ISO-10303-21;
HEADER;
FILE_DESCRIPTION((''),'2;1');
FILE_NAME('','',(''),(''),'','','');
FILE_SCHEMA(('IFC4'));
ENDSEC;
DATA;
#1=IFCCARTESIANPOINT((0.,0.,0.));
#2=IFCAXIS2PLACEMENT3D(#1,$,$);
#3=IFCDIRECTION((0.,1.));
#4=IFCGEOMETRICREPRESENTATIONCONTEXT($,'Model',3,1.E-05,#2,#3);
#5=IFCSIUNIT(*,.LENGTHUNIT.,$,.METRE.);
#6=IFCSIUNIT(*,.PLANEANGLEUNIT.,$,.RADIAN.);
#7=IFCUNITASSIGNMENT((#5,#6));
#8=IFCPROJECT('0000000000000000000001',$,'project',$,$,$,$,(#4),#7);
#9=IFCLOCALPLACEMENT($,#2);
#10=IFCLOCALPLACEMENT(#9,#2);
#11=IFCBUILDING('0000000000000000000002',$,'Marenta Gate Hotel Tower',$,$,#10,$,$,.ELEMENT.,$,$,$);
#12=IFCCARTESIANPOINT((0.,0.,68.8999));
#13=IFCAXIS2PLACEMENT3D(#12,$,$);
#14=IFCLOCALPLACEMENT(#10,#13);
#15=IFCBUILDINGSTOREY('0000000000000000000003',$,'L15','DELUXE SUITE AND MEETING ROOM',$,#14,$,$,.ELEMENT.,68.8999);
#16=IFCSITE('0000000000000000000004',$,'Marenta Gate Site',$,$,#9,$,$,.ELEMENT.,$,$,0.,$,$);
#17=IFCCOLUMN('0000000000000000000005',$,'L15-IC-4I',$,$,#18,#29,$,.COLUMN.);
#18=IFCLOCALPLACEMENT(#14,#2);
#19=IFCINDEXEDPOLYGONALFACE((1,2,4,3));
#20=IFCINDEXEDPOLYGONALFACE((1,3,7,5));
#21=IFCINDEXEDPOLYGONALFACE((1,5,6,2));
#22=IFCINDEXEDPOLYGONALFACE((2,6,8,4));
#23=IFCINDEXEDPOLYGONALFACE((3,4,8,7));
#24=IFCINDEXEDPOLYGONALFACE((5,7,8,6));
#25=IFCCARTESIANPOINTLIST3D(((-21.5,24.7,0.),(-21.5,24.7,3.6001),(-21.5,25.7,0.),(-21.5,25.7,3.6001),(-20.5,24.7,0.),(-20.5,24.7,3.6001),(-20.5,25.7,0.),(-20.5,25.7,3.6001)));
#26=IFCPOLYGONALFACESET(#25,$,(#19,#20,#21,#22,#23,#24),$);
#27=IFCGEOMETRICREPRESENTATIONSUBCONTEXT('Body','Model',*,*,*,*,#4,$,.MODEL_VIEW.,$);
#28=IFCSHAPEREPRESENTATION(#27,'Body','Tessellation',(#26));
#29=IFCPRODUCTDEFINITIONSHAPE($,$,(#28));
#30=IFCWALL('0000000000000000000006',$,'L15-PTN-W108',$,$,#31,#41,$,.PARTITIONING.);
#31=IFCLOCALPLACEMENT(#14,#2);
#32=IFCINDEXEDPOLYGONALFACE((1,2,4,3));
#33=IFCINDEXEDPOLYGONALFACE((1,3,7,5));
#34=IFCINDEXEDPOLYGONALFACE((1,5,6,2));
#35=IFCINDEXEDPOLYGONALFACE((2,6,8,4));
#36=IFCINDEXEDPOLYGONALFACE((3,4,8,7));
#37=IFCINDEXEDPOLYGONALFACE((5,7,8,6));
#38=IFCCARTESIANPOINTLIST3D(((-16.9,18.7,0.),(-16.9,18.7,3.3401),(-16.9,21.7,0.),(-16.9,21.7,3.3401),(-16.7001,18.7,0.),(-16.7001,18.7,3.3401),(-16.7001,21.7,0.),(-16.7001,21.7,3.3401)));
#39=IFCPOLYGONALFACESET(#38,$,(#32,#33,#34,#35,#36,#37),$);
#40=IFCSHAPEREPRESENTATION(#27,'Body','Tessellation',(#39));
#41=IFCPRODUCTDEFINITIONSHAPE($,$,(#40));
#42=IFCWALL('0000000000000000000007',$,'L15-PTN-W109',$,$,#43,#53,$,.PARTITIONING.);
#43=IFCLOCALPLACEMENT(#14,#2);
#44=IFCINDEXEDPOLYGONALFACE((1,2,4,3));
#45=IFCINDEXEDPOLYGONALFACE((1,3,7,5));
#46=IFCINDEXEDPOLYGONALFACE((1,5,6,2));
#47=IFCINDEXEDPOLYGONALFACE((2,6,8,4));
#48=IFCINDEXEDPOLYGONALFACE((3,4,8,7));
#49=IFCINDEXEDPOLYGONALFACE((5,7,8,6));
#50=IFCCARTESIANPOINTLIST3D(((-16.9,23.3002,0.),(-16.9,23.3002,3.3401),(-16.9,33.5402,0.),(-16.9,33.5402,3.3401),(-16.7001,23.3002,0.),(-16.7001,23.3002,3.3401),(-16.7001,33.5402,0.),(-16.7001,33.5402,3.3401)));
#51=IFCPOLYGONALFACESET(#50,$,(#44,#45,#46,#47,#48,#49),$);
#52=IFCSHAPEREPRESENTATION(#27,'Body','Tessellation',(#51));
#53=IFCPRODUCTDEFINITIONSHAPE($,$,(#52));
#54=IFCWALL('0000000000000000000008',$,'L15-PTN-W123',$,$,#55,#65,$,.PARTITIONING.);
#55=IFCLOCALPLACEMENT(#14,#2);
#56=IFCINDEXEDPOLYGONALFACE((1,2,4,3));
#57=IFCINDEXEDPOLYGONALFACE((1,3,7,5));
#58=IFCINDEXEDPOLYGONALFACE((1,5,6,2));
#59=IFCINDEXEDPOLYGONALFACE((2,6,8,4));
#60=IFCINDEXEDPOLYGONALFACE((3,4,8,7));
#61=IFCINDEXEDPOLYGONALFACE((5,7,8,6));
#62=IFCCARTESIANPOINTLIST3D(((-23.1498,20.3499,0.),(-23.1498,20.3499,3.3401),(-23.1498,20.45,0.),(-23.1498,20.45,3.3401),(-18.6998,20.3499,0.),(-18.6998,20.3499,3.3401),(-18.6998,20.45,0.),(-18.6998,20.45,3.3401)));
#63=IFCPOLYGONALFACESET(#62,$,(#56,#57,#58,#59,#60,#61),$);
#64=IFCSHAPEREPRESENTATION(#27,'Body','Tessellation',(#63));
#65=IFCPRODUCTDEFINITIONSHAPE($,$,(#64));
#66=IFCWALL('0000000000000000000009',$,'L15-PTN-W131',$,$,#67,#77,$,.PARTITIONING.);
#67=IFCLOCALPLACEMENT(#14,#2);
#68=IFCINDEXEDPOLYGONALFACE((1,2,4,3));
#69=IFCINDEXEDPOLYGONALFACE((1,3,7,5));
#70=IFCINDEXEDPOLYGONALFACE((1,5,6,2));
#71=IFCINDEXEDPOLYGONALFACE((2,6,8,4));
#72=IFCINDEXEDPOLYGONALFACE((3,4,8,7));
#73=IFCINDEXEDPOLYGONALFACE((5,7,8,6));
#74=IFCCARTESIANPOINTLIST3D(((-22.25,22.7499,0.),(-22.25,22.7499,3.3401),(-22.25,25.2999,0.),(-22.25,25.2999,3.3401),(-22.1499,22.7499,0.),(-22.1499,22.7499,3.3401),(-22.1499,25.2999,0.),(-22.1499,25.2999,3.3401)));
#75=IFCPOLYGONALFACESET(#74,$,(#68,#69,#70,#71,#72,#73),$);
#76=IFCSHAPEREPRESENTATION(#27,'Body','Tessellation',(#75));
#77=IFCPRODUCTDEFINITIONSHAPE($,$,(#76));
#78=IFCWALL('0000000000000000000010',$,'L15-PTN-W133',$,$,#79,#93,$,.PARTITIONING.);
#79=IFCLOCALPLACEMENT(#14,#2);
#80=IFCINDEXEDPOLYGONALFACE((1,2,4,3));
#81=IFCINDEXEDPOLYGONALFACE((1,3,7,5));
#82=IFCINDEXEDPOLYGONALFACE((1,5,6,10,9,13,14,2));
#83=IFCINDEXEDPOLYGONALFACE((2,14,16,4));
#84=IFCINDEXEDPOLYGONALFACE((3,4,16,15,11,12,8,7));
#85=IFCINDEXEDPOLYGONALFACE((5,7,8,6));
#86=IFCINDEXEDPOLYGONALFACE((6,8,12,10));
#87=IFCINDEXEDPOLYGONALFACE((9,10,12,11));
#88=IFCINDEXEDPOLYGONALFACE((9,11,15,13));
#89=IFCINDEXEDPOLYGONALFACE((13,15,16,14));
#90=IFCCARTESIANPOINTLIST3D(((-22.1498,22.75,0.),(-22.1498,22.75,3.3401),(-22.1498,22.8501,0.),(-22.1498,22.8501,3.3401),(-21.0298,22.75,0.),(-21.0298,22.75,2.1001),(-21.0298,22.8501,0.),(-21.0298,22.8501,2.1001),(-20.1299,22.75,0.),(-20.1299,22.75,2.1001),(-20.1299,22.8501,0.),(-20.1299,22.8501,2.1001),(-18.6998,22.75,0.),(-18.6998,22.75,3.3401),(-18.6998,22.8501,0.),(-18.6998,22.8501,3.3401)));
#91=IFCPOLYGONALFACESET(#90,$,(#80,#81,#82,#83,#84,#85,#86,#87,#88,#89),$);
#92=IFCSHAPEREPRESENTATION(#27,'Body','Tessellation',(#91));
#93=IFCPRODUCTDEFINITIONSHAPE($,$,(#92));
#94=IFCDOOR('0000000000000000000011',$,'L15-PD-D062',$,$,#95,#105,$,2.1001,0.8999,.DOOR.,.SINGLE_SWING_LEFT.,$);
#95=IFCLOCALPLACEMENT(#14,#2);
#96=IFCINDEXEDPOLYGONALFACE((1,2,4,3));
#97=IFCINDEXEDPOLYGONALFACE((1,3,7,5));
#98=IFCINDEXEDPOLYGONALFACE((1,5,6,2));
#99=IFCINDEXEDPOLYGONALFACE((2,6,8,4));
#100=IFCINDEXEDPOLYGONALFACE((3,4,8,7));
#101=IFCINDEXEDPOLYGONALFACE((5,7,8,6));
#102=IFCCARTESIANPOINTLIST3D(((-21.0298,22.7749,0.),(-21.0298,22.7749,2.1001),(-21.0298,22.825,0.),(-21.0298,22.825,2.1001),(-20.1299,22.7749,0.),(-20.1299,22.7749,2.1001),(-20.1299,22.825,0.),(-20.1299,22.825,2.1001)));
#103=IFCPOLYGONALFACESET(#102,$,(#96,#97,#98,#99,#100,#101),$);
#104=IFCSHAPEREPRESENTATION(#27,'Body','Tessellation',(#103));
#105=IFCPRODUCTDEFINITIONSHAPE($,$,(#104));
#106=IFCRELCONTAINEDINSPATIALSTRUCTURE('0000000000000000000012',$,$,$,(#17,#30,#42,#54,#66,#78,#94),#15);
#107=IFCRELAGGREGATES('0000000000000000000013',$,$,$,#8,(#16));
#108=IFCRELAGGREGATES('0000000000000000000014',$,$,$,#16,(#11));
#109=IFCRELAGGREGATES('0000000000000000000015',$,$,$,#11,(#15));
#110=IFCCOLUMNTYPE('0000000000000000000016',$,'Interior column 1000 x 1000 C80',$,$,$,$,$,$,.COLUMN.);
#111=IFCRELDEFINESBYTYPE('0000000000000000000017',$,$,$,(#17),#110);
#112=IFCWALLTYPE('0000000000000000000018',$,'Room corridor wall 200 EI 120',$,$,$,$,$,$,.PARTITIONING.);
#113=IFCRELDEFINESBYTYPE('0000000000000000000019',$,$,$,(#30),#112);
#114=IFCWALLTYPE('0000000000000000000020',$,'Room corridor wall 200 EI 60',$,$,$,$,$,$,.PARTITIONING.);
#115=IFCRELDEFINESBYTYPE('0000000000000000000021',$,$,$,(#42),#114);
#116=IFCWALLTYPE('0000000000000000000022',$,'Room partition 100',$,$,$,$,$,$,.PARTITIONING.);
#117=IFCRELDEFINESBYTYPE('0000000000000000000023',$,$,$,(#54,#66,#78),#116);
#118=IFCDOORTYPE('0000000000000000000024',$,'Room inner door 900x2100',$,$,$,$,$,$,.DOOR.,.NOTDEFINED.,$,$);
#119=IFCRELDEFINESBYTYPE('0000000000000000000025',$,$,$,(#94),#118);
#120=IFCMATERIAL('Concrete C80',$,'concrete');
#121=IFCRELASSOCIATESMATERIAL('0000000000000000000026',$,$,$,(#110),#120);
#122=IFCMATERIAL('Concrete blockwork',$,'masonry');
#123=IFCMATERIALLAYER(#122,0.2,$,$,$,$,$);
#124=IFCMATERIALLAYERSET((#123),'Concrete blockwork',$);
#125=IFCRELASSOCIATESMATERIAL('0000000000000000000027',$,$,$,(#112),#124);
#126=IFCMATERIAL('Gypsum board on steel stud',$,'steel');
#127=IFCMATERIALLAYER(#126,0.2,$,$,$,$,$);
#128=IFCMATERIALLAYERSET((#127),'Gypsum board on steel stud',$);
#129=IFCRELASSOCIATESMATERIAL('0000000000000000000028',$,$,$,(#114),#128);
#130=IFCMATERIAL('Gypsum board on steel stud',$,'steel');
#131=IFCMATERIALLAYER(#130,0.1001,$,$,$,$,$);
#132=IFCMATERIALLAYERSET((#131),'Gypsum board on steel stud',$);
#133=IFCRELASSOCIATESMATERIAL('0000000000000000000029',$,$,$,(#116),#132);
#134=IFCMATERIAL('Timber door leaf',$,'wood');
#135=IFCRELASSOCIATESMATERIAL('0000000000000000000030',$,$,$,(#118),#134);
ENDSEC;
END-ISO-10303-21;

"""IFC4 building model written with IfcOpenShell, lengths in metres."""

from ifc_helpers import new_model, si_unit, direction, frame, frame_2d, origin, origin_2d, place, context, subcontext, project, spatial, rectangle, extrude, material, layer, layer_set, material_profile, profile_set, type_object, element, fill, save


model = new_model("IFC4")

# Units and contexts
model_context = context("Model", 3, precision=1e-05, world=origin(), true_north=direction((0.0, 1.0)))
body_context = subcontext(model_context, "Body", "Model", "MODEL_VIEW")
ifc_project = project(units=[si_unit("LENGTHUNIT", "METRE"), si_unit("PLANEANGLEUNIT", "RADIAN")], contexts=[model_context])

# Site, building, storey
site_placement = place(None, origin())
site = spatial("IfcSite", under=ifc_project, at=site_placement, Name="Marenta Gate Site", CompositionType="ELEMENT", RefElevation=0.0)
building_placement = place(site_placement, origin())
building = spatial("IfcBuilding", under=site, at=building_placement, Name="Marenta Gate Hotel Tower", CompositionType="ELEMENT")
storey_placement = place(building_placement, frame((0.0, 0.0, 68.8999)))
storey = spatial("IfcBuildingStorey", under=building, at=storey_placement, Name="L15", Description="DELUXE SUITE AND MEETING ROOM", CompositionType="ELEMENT", Elevation=68.8999)

# Column
ifc_material_1 = material(Name="Concrete C80", Category="concrete")
ifc_material_profile = material_profile(ifc_material_1, rectangle(XDim=1.0, YDim=1.0, at=origin_2d()), Name="1000 x 1000")
ifc_profile_set = profile_set([ifc_material_profile], Name="Concrete C80")
column_type = type_object("IfcColumnType", Name="Interior column 1000 x 1000 C80", PredefinedType="COLUMN", material=ifc_profile_set)
column_placement = place(storey_placement, frame((-21.0, 25.2, 0.0), z_axis=(0.0, 0.0, 1.0), x_axis=(1.0, 0.0, 0.0)))
element("IfcColumn", 1, at=column_placement, inside=storey, type_object=column_type, Name="L15-IC-4I", PredefinedType="COLUMN", context=body_context, shape_type="SweptSolid", body=[
    extrude(rectangle(XDim=1.0, YDim=1.0, at=origin_2d()), origin(), (0.0, 0.0, 1.0), 3.6001),
])

# Wall
ifc_material_2 = material(Name="Concrete blockwork", Category="masonry")
ifc_layer_1 = layer(ifc_material_2, 0.2)
ifc_layer_set_1 = layer_set([ifc_layer_1], Name="Concrete blockwork")
wall_type_1 = type_object("IfcWallType", Name="Room corridor wall 200 EI 120", PredefinedType="PARTITIONING", material=ifc_layer_set_1)
wall_1_placement = place(storey_placement, frame((-16.8, 18.7, 0.0), z_axis=(0.0, 0.0, 1.0), x_axis=(0.0, 1.0, 0.0)))
element("IfcWall", 2, at=wall_1_placement, inside=storey, type_object=wall_type_1, Name="L15-PTN-W108", PredefinedType="PARTITIONING", context=body_context, shape_type="SweptSolid", body=[
    extrude(rectangle(XDim=3.0, YDim=0.2, at=frame_2d((1.5, 0.0))), origin(), (0.0, 0.0, 1.0), 3.3401),
])

# Wall
ifc_material_3 = material(Name="Gypsum board on steel stud", Category="steel")
ifc_layer_2 = layer(ifc_material_3, 0.2)
ifc_layer_set_2 = layer_set([ifc_layer_2], Name="Gypsum board on steel stud")
wall_type_2 = type_object("IfcWallType", Name="Room corridor wall 200 EI 60", PredefinedType="PARTITIONING", material=ifc_layer_set_2)
wall_2_placement = place(storey_placement, frame((-16.8, 23.3, 0.0), z_axis=(0.0, 0.0, 1.0), x_axis=(0.0, 1.0, 0.0)))
element("IfcWall", 3, at=wall_2_placement, inside=storey, type_object=wall_type_2, Name="L15-PTN-W109", PredefinedType="PARTITIONING", context=body_context, shape_type="SweptSolid", body=[
    extrude(rectangle(XDim=10.24, YDim=0.2, at=frame_2d((5.1201, 0.0))), origin(), (0.0, 0.0, 1.0), 3.3401),
])

# Walls
ifc_material_4 = material(Name="Gypsum board on steel stud", Category="steel")
ifc_layer_3 = layer(ifc_material_4, 0.1001)
ifc_layer_set_3 = layer_set([ifc_layer_3], Name="Gypsum board on steel stud")
wall_type_3 = type_object("IfcWallType", Name="Room partition 100", PredefinedType="PARTITIONING", material=ifc_layer_set_3)
wall_3_placement = place(storey_placement, frame((-23.1499, 20.3999, 0.0), z_axis=(0.0, 0.0, 1.0), x_axis=(1.0, 0.0, 0.0)))
element("IfcWall", 4, at=wall_3_placement, inside=storey, type_object=wall_type_3, Name="L15-PTN-W123", PredefinedType="PARTITIONING", context=body_context, shape_type="SweptSolid", body=[
    extrude(rectangle(XDim=4.45, YDim=0.1001, at=frame_2d((2.2251, 0.0))), origin(), (0.0, 0.0, 1.0), 3.3401),
])
wall_4_placement = place(storey_placement, frame((-22.2, 22.75, 0.0), z_axis=(0.0, 0.0, 1.0), x_axis=(0.0, 1.0, 0.0)))
element("IfcWall", 5, at=wall_4_placement, inside=storey, type_object=wall_type_3, Name="L15-PTN-W131", PredefinedType="PARTITIONING", context=body_context, shape_type="SweptSolid", body=[
    extrude(rectangle(XDim=2.55, YDim=0.1001, at=frame_2d((1.2749, 0.0))), origin(), (0.0, 0.0, 1.0), 3.3401),
])

# Wall, opening, door
wall_5_placement = place(storey_placement, frame((-22.1499, 22.8, 0.0), z_axis=(0.0, 0.0, 1.0), x_axis=(1.0, 0.0, 0.0)))
wall_5 = element("IfcWall", 6, at=wall_5_placement, inside=storey, type_object=wall_type_3, Name="L15-PTN-W133", PredefinedType="PARTITIONING", context=body_context, shape_type="SweptSolid", body=[
    extrude(rectangle(XDim=3.45, YDim=0.1001, at=frame_2d((1.7251, 0.0))), origin(), (0.0, 0.0, 1.0), 3.3401),
])
opening_1_placement = place(wall_5_placement, frame((1.1201, 0.0, 0.0)))
opening_1 = element("IfcOpeningElement", 7, at=opening_1_placement, cuts=wall_5, PredefinedType="OPENING", context=body_context, shape_type="SweptSolid", body=[
    extrude(rectangle(XDim=0.8999, YDim=2.1001, at=frame_2d((0.45, 1.05))), frame((0.0, 0.05, 0.0), z_axis=(0.0, -1.0, 0.0), x_axis=(1.0, 0.0, 0.0)), (0.0, 0.0, 1.0), 0.1001),
])
ifc_material_5 = material(Name="Timber door leaf", Category="wood")
door_type_1 = type_object("IfcDoorType", Name="Room inner door 900x2100", OperationType="NOTDEFINED", PredefinedType="DOOR", material=ifc_material_5)
door_1_placement = place(opening_1_placement, origin())
door_1 = element("IfcDoor", 8, at=door_1_placement, inside=storey, type_object=door_type_1, Name="L15-PD-D062", OperationType="SINGLE_SWING_LEFT", OverallHeight=2.1001, OverallWidth=0.8999, PredefinedType="DOOR", context=body_context, shape_type="SweptSolid", body=[
    extrude(rectangle(XDim=0.8999, YDim=2.1001, at=frame_2d((0.45, 1.05))), frame((0.0, 0.0249, 0.0), z_axis=(0.0, -1.0, 0.0), x_axis=(1.0, 0.0, 0.0)), (0.0, 0.0, 1.0), 0.05),
])
fill(opening_1, door_1)

save(model, "model.ifc")
